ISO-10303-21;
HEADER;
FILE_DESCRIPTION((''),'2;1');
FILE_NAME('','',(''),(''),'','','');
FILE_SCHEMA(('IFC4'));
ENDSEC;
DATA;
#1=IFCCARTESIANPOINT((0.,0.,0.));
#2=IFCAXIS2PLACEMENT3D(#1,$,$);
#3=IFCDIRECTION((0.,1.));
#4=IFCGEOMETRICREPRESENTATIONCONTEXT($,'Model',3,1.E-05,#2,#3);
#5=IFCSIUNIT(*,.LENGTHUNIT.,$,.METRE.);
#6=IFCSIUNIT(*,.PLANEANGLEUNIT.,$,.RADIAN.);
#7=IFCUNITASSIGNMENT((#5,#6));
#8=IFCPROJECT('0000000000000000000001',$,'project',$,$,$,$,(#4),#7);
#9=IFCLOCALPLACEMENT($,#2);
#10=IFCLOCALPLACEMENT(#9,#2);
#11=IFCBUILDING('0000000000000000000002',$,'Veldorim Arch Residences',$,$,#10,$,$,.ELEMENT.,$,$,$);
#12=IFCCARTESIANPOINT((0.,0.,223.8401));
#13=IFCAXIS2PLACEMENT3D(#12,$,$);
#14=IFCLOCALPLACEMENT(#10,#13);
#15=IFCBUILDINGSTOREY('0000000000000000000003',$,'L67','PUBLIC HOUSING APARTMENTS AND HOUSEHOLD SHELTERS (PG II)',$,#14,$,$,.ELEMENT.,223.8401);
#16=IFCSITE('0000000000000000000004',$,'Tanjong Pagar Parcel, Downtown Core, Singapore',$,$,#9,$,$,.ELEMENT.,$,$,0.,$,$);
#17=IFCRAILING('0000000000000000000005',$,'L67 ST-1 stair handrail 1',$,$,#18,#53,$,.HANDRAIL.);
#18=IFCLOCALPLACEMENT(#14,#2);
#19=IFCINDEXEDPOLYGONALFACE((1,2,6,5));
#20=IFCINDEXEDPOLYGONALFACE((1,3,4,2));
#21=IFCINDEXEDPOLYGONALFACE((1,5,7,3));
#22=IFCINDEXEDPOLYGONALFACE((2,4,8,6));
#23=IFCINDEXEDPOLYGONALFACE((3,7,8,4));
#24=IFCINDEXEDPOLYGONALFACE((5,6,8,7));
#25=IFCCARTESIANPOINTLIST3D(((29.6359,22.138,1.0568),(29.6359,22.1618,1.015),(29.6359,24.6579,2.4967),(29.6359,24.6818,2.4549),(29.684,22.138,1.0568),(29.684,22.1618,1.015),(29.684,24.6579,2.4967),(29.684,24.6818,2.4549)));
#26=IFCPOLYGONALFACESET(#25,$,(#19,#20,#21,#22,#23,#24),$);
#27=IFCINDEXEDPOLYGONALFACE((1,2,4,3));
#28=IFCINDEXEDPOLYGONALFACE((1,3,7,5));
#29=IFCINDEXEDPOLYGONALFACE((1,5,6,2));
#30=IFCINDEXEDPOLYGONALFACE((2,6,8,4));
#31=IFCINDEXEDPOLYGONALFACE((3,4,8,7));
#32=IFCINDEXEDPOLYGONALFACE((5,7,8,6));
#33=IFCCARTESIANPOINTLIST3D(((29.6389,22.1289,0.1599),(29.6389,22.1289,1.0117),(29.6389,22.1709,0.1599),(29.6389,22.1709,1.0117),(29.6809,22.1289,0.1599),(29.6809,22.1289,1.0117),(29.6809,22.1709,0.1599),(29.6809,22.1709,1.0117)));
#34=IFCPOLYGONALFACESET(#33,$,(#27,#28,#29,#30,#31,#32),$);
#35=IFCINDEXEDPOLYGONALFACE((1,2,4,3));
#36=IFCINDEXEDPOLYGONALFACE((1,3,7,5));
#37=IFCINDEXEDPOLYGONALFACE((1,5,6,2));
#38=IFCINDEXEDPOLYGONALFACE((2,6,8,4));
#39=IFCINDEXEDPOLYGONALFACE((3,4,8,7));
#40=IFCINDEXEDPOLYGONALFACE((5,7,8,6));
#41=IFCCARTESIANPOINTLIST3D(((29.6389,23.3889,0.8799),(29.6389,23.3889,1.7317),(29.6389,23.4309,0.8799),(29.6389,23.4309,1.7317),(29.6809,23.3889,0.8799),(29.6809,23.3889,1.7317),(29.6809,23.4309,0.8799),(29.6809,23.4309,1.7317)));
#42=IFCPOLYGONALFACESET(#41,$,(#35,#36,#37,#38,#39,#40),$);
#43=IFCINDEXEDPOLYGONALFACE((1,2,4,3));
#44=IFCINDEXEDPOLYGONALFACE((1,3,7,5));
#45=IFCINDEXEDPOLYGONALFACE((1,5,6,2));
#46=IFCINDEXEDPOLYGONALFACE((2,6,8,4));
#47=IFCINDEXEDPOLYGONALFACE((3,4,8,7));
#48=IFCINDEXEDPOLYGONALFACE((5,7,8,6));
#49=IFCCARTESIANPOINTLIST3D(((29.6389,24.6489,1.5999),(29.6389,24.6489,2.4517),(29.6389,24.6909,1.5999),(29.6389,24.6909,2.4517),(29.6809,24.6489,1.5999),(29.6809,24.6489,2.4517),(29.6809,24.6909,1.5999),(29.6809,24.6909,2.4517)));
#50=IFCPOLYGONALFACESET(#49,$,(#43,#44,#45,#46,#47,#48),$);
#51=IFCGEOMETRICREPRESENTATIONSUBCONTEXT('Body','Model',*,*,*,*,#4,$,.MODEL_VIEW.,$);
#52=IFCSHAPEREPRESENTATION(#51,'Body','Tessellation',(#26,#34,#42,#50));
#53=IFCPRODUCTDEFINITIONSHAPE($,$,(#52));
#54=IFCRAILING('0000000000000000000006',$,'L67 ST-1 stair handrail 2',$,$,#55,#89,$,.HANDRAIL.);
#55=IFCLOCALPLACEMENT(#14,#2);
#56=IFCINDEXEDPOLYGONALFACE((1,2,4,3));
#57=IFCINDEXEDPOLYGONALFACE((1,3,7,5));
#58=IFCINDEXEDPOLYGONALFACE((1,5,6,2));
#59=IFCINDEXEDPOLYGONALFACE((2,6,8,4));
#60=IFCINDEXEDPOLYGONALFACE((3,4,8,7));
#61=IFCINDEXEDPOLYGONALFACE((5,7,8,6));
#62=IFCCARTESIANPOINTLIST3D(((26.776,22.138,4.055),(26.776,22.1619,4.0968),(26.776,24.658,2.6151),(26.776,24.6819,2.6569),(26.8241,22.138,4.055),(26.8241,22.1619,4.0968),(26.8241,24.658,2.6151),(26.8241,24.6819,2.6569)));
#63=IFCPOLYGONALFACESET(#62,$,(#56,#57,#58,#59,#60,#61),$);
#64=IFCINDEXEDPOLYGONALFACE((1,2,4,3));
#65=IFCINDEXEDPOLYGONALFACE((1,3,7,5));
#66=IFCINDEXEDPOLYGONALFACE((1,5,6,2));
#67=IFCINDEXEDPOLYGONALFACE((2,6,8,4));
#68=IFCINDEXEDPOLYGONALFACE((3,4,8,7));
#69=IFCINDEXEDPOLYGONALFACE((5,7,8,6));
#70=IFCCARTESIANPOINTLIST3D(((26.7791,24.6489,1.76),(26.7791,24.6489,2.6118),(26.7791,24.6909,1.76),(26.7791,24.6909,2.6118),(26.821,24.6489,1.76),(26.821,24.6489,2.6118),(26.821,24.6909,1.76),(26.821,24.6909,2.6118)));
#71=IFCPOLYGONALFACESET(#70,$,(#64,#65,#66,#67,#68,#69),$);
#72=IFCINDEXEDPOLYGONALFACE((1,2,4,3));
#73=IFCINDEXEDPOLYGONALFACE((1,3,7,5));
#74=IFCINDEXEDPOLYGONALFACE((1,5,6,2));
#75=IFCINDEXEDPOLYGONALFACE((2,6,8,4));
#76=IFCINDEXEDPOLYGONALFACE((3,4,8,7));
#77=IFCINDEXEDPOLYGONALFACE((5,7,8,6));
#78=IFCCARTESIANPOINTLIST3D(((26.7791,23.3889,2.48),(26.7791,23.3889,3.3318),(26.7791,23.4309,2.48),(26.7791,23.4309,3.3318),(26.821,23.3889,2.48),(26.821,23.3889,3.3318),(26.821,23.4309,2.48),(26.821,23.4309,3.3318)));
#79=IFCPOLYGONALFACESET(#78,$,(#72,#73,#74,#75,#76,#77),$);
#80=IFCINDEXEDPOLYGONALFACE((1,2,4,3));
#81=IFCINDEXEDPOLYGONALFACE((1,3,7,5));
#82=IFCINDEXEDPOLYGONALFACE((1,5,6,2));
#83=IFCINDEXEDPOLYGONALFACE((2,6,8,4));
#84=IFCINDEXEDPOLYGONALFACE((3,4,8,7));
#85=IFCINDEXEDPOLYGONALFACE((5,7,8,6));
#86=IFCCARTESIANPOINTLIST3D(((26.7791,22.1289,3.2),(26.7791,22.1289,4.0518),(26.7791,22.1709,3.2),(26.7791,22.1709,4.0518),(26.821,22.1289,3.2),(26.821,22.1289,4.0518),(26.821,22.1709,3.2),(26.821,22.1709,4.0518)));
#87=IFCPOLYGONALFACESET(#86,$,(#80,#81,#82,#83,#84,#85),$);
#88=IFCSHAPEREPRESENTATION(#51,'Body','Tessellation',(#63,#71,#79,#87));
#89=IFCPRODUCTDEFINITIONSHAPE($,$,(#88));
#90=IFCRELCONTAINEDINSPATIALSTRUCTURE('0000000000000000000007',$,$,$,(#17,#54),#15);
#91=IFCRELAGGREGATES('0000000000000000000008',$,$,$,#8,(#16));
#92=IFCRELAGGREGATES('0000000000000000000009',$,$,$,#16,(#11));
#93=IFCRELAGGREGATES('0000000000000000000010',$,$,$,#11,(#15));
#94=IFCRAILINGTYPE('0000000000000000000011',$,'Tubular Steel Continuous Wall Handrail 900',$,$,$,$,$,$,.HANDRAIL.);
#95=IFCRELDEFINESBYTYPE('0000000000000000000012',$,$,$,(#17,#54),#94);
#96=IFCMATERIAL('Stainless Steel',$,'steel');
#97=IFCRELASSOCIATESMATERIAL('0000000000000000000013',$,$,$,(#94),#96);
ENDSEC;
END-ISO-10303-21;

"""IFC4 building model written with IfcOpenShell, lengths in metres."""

from ifc_helpers import new_model, si_unit, direction, frame, origin, origin_2d, place, context, subcontext, project, spatial, rectangle, extrude, material, type_object, element, save


model = new_model("IFC4")

# Units and contexts
model_context = context("Model", 3, precision=1e-05, world=origin(), true_north=direction((0.0, 1.0)))
body_context = subcontext(model_context, "Body", "Model", "MODEL_VIEW")
ifc_project = project(units=[si_unit("LENGTHUNIT", "METRE"), si_unit("PLANEANGLEUNIT", "RADIAN")], contexts=[model_context])

# Site, building, storey
site_placement = place(None, origin())
site = spatial("IfcSite", under=ifc_project, at=site_placement, Name="Tanjong Pagar Parcel, Downtown Core, Singapore", CompositionType="ELEMENT", RefElevation=0.0)
building_placement = place(site_placement, origin())
building = spatial("IfcBuilding", under=site, at=building_placement, Name="Veldorim Arch Residences", CompositionType="ELEMENT")
storey_placement = place(building_placement, frame((0.0, 0.0, 223.8401)))
storey = spatial("IfcBuildingStorey", under=building, at=storey_placement, Name="L67", Description="PUBLIC HOUSING APARTMENTS AND HOUSEHOLD SHELTERS (PG II)", CompositionType="ELEMENT", Elevation=223.8401)

# Railings
ifc_material_1 = material(Name="Stainless Steel", Category="steel")
railing_type_1 = type_object("IfcRailingType", Name="Tubular Steel Continuous Wall Handrail 900", PredefinedType="HANDRAIL", material=ifc_material_1)
railing_1_placement = place(storey_placement, frame((29.6599, 22.1499, 0.1599)))
element("IfcRailing", 1, at=railing_1_placement, inside=storey, type_object=railing_type_1, Name="L67 ST-1 stair handrail 1", PredefinedType="HANDRAIL", context=body_context, shape_type="SweptSolid", body=[
    extrude(rectangle(XDim=0.0481, YDim=0.0481, at=origin_2d()), frame((0.0, 0.0, 0.876), z_axis=(0.0, 0.868253, 0.496121), x_axis=(-1.0, 0.0, 0.0)), (0.0, 0.0, 1.0), 2.9023),
    extrude(rectangle(XDim=0.042, YDim=0.042, at=origin_2d()), origin(), (0.0, 0.0, 1.0), 0.8518),
    extrude(rectangle(XDim=0.042, YDim=0.042, at=origin_2d()), frame((0.0, 1.26, 0.72)), (0.0, 0.0, 1.0), 0.8518),
    extrude(rectangle(XDim=0.042, YDim=0.042, at=origin_2d()), frame((0.0, 2.52, 1.4399)), (0.0, 0.0, 1.0), 0.8518),
])
railing_2_placement = place(storey_placement, frame((26.8, 24.6699, 1.76)))
element("IfcRailing", 2, at=railing_2_placement, inside=storey, type_object=railing_type_1, Name="L67 ST-1 stair handrail 2", PredefinedType="HANDRAIL", context=body_context, shape_type="SweptSolid", body=[
    extrude(rectangle(XDim=0.0481, YDim=0.0481, at=origin_2d()), frame((0.0, 0.0, 0.876), z_axis=(0.0, -0.868253, 0.496121), x_axis=(1.0, 0.0, 0.0)), (0.0, 0.0, 1.0), 2.9023),
    extrude(rectangle(XDim=0.042, YDim=0.042, at=origin_2d()), origin(), (0.0, 0.0, 1.0), 0.8518),
    extrude(rectangle(XDim=0.042, YDim=0.042, at=origin_2d()), frame((0.0, -1.26, 0.72)), (0.0, 0.0, 1.0), 0.8518),
    extrude(rectangle(XDim=0.042, YDim=0.042, at=origin_2d()), frame((0.0, -2.52, 1.4399)), (0.0, 0.0, 1.0), 0.8518),
])

save(model, "model.ifc")
